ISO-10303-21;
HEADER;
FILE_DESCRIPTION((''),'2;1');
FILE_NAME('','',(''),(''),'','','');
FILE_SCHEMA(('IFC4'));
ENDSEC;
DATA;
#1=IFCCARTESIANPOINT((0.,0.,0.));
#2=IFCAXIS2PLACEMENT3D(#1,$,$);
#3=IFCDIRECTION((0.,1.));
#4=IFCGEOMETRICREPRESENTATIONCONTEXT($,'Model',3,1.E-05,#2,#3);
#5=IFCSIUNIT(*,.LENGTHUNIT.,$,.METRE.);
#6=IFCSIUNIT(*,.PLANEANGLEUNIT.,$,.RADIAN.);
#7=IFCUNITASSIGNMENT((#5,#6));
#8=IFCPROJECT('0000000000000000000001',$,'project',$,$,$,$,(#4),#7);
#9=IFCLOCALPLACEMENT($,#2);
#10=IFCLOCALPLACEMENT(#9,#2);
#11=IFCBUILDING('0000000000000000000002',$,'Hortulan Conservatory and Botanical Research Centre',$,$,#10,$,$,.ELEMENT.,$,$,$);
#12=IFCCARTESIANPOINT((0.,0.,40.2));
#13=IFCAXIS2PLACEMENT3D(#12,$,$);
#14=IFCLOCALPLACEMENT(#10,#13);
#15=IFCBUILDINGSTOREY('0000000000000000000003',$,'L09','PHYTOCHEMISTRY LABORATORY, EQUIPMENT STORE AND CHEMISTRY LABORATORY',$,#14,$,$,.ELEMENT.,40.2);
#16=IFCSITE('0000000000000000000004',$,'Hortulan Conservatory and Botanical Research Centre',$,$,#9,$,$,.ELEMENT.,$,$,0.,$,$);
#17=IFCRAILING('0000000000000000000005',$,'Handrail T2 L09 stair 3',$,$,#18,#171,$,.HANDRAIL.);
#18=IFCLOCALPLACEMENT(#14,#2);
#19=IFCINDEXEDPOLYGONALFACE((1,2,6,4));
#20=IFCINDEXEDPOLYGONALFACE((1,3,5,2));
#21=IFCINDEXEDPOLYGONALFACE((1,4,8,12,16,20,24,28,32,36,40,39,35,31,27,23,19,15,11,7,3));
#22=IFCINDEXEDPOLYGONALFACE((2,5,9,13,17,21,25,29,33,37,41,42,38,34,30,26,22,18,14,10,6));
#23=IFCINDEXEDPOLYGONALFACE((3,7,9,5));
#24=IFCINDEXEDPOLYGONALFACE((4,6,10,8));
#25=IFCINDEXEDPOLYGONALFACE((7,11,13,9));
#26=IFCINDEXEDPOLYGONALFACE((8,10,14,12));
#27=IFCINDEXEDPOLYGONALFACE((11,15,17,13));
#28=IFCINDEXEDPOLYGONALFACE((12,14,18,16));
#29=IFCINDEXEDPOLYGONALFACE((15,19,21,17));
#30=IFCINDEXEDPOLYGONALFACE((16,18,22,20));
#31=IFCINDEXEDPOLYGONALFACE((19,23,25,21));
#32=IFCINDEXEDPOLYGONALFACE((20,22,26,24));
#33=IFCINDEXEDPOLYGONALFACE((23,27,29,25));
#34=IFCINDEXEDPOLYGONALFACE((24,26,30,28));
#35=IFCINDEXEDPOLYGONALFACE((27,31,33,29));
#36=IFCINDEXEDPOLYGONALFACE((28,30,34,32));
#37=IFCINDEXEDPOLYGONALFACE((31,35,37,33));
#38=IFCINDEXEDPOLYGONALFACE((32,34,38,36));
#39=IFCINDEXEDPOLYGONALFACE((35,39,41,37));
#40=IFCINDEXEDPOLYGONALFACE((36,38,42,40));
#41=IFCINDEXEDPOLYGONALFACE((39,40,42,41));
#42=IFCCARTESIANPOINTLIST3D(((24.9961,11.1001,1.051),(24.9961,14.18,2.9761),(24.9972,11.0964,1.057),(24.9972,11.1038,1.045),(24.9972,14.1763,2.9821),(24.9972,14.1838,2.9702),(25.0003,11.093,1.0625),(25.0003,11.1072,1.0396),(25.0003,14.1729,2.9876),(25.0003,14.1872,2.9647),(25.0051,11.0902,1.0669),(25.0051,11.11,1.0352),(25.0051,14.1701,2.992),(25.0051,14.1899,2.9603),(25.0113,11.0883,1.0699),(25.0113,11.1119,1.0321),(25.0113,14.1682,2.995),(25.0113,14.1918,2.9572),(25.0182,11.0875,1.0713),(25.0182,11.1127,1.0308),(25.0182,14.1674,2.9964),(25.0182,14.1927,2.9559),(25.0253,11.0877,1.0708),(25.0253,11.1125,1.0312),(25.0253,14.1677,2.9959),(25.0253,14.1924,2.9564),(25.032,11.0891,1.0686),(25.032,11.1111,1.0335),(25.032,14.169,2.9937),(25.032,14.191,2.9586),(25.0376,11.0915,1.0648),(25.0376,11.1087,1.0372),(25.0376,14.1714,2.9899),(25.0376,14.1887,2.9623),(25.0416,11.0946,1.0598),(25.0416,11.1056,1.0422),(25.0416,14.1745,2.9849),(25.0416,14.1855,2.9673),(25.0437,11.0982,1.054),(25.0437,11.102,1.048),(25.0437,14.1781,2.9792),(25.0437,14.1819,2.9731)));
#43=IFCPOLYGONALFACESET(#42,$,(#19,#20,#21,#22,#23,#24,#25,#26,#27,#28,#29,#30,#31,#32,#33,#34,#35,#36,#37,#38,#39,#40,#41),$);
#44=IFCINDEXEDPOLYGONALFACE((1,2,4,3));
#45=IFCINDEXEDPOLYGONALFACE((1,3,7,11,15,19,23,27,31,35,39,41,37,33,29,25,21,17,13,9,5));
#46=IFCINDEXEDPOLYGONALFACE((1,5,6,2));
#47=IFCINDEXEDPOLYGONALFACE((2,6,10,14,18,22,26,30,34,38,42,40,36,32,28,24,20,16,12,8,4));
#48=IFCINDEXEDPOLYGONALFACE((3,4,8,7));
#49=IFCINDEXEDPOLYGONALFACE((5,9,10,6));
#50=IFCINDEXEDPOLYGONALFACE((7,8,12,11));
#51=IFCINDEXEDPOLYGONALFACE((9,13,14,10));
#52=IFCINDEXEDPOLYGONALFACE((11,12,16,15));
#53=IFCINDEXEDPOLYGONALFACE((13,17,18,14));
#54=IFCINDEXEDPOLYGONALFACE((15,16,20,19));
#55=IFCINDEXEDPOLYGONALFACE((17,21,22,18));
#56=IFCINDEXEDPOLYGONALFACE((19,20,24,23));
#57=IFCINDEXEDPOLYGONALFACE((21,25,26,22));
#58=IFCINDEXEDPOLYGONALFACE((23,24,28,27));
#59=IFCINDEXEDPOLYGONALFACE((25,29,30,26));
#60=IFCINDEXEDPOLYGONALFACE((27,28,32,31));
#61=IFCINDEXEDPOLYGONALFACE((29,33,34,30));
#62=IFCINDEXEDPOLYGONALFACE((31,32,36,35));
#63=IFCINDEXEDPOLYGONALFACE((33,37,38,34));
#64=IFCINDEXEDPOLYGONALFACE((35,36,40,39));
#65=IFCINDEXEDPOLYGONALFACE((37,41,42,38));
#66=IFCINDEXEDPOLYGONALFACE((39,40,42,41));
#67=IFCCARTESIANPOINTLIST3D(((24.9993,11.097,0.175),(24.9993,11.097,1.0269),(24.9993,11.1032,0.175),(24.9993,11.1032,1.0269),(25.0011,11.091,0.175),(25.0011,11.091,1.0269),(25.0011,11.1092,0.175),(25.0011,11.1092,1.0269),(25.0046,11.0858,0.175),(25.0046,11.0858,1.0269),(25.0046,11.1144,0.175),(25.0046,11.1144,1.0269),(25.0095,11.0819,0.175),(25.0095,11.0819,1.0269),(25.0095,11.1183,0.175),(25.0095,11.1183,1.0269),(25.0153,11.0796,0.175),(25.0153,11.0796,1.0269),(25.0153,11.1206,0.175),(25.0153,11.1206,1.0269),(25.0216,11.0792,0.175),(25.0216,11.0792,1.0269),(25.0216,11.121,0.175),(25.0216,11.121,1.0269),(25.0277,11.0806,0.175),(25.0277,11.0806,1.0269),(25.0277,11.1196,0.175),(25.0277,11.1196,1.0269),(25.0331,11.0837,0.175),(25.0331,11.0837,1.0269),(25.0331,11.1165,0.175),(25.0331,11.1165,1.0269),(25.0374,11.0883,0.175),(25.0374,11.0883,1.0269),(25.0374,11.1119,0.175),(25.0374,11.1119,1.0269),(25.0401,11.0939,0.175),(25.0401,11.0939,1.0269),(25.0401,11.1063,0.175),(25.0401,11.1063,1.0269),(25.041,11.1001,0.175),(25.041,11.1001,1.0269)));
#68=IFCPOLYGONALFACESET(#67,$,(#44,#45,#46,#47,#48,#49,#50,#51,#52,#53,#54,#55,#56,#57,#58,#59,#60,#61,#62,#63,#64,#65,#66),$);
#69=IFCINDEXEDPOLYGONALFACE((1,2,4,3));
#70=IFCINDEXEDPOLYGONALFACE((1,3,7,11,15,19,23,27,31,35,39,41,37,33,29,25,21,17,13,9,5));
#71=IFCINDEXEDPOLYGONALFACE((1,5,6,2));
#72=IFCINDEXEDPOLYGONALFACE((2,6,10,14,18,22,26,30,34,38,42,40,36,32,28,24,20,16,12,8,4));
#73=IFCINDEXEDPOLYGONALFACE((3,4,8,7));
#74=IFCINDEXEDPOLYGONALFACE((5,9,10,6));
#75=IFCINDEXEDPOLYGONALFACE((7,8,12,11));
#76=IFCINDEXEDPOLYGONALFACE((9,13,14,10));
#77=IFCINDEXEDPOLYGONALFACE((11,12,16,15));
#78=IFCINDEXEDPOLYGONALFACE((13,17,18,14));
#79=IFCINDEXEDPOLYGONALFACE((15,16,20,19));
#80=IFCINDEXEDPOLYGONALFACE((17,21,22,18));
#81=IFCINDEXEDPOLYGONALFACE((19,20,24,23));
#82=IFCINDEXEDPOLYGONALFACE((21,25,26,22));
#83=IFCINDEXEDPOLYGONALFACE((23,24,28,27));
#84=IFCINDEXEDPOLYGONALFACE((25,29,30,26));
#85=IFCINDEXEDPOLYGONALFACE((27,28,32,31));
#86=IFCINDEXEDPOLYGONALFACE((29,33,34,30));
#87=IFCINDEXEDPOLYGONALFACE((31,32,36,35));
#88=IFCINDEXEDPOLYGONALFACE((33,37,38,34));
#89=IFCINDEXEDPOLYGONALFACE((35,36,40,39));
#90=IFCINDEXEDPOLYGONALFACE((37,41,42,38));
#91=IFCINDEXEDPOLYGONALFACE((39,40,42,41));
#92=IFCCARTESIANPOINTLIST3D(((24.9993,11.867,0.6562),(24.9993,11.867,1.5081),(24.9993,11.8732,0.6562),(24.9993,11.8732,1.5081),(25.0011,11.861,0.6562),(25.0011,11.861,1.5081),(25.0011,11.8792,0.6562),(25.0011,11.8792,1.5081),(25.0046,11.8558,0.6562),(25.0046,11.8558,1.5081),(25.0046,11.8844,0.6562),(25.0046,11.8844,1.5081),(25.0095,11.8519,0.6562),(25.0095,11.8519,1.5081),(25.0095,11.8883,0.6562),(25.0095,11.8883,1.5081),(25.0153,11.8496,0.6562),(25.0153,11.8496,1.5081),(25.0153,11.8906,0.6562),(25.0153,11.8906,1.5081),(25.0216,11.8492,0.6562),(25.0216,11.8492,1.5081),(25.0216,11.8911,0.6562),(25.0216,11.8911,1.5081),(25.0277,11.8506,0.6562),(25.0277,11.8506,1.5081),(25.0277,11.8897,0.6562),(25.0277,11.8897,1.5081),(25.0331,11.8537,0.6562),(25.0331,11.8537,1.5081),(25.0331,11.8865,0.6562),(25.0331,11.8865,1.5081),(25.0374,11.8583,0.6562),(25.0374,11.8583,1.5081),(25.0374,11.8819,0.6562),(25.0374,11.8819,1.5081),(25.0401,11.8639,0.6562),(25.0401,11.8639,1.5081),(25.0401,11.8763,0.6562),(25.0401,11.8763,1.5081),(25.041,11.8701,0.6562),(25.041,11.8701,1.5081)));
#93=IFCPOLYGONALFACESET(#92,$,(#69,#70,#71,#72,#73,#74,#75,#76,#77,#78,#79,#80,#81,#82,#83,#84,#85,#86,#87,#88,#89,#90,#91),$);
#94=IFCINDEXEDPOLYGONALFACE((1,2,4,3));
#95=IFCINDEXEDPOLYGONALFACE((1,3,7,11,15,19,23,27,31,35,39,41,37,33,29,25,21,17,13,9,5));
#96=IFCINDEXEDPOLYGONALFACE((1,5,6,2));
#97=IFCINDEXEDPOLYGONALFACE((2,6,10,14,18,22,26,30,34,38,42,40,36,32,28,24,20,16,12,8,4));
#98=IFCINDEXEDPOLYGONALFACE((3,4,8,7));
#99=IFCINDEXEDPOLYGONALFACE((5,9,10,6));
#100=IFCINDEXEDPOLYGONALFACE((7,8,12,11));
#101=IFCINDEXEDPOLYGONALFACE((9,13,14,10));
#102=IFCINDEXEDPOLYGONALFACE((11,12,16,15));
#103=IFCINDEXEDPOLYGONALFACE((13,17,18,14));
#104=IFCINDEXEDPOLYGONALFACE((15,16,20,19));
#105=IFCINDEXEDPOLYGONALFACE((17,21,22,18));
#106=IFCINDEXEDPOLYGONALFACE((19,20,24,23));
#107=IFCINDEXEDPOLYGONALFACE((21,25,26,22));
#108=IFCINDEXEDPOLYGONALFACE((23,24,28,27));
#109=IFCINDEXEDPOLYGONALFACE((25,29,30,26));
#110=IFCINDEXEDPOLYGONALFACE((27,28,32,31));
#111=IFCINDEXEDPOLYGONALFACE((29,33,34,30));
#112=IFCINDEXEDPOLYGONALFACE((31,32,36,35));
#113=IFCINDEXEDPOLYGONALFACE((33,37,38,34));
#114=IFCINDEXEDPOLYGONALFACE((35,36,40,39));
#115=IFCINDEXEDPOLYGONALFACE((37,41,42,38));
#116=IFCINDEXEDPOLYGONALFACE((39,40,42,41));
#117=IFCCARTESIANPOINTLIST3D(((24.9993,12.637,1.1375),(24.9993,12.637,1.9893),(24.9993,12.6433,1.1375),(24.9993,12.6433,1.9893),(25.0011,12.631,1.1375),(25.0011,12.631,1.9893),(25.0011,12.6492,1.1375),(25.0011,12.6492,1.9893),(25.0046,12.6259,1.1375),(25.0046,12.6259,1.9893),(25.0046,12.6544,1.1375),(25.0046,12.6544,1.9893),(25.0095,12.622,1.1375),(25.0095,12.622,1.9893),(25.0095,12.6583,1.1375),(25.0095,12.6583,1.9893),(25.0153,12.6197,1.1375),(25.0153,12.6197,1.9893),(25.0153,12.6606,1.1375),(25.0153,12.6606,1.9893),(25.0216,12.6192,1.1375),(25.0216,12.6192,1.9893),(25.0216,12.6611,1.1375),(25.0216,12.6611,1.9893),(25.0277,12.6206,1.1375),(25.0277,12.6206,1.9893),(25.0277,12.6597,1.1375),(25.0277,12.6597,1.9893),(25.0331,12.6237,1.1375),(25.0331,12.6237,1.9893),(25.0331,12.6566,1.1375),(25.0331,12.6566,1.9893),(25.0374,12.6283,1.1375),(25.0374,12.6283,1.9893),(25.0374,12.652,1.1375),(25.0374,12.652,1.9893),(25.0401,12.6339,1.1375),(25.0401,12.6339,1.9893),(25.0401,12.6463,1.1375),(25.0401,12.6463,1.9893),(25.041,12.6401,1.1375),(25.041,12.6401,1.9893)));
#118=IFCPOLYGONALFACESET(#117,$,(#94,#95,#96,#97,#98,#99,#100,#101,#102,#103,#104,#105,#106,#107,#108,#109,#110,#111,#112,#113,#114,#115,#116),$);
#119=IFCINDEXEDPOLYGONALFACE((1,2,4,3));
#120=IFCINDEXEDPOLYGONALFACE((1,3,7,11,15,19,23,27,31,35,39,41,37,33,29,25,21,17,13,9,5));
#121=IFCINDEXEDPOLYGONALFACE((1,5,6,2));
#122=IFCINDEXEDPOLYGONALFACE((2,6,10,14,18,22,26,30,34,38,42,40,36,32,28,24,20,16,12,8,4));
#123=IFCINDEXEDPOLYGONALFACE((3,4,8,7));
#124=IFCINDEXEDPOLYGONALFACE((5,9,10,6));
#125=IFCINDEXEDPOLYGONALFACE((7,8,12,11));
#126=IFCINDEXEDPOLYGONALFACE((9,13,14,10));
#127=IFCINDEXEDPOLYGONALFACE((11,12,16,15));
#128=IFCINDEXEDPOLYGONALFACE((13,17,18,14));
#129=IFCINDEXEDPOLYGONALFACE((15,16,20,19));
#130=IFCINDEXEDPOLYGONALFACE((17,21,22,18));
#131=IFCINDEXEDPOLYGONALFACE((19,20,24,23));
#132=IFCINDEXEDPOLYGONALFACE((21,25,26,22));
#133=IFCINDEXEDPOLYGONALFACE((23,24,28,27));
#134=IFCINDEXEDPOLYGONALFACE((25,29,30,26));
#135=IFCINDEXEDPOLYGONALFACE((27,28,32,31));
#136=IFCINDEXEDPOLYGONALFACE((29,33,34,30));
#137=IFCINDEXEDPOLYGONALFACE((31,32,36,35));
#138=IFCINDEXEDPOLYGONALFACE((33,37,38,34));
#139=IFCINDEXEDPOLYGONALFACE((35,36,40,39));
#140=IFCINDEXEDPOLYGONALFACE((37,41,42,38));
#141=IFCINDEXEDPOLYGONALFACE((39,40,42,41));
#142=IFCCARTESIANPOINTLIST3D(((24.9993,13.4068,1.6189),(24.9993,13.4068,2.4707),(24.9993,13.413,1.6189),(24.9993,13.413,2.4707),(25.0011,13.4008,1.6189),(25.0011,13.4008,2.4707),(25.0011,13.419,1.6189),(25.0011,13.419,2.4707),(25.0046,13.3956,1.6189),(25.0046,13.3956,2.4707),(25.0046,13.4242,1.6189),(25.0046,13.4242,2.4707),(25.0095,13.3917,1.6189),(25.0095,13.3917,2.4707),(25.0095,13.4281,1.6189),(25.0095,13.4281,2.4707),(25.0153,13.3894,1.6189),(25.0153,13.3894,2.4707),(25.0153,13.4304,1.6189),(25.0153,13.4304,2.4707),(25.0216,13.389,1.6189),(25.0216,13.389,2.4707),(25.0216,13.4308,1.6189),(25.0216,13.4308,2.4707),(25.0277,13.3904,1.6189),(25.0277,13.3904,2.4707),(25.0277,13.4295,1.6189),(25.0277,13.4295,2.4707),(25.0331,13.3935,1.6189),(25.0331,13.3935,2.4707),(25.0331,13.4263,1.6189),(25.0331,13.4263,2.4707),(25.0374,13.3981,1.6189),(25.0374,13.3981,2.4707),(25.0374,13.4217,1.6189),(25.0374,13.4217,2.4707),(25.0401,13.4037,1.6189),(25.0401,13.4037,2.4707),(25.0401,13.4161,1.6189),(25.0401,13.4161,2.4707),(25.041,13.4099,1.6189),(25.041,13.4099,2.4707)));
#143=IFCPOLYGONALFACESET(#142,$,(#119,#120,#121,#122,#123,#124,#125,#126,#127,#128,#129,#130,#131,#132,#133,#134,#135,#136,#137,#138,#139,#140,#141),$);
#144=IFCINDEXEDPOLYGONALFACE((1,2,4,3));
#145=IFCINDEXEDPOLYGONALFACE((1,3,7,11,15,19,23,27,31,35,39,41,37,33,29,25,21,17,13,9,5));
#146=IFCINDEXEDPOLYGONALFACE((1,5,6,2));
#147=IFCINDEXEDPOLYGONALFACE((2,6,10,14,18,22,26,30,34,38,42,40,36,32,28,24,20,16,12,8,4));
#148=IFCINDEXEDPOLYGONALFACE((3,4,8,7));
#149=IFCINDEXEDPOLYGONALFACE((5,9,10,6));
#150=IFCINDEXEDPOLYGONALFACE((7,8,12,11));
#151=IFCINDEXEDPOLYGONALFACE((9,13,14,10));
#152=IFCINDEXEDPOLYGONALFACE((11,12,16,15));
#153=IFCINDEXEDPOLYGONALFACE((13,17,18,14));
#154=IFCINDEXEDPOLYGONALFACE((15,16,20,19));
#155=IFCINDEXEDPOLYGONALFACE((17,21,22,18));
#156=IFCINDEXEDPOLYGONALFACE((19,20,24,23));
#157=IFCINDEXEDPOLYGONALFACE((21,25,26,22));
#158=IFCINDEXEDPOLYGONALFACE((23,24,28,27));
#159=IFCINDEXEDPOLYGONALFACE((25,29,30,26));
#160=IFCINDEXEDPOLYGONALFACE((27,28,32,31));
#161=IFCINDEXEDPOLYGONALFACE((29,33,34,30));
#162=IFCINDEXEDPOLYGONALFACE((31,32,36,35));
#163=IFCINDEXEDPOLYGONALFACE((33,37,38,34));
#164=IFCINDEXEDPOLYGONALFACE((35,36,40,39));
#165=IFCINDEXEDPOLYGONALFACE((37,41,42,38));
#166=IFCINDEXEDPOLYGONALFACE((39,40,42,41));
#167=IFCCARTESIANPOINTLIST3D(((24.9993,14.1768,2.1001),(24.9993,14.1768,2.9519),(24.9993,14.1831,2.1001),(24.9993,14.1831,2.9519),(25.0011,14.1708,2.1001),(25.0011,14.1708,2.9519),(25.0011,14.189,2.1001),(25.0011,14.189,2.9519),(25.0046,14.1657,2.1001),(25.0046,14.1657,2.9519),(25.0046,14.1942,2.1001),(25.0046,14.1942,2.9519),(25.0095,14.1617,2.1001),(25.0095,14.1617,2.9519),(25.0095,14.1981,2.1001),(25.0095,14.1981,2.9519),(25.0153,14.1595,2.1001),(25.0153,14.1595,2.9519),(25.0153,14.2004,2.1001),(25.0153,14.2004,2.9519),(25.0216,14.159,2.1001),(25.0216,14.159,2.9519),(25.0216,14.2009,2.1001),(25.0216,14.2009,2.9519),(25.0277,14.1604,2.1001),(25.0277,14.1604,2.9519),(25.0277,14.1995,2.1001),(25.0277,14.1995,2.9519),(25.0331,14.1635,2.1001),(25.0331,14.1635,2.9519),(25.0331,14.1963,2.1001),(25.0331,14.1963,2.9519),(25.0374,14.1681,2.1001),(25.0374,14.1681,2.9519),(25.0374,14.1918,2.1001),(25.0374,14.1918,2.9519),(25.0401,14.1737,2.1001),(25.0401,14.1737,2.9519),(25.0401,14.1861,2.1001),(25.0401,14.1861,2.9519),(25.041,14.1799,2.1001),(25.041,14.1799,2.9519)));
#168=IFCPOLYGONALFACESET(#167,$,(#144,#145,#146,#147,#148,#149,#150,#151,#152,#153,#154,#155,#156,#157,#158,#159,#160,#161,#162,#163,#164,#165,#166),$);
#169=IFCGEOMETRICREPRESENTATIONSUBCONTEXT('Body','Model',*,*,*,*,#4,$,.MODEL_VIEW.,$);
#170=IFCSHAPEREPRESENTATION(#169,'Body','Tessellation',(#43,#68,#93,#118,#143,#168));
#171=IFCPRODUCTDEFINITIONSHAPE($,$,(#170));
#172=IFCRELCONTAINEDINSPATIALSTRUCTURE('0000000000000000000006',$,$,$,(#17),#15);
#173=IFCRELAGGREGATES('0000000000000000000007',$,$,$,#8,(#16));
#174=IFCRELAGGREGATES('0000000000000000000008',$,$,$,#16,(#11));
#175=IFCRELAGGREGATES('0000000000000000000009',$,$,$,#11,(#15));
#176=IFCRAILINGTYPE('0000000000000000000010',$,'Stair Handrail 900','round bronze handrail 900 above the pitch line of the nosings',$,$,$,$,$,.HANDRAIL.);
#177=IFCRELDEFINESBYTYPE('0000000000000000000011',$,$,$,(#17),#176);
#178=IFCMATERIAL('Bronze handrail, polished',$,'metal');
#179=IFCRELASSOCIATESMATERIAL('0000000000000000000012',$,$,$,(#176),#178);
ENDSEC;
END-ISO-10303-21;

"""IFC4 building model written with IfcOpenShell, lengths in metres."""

from ifc_helpers import new_model, si_unit, direction, frame, origin, origin_2d, place, context, subcontext, project, spatial, circle, extrude, material, type_object, element, save


model = new_model("IFC4")

# Units and contexts
model_context = context("Model", 3, precision=1e-05, world=origin(), true_north=direction((0.0, 1.0)))
body_context = subcontext(model_context, "Body", "Model", "MODEL_VIEW")
ifc_project = project(units=[si_unit("LENGTHUNIT", "METRE"), si_unit("PLANEANGLEUNIT", "RADIAN")], contexts=[model_context])

# Site, building, storey
site_placement = place(None, origin())
site = spatial("IfcSite", under=ifc_project, at=site_placement, Name="Hortulan Conservatory and Botanical Research Centre", CompositionType="ELEMENT", RefElevation=0.0)
building_placement = place(site_placement, origin())
building = spatial("IfcBuilding", under=site, at=building_placement, Name="Hortulan Conservatory and Botanical Research Centre", CompositionType="ELEMENT")
storey_placement = place(building_placement, frame((0.0, 0.0, 40.2)))
storey = spatial("IfcBuildingStorey", under=building, at=storey_placement, Name="L09", Description="PHYTOCHEMISTRY LABORATORY, EQUIPMENT STORE AND CHEMISTRY LABORATORY", CompositionType="ELEMENT", Elevation=40.2)

# Railing
ifc_material_1 = material(Name="Bronze handrail, polished", Category="metal")
railing_type_1 = type_object("IfcRailingType", Name="Stair Handrail 900", Description="round bronze handrail 900 above the pitch line of the nosings", PredefinedType="HANDRAIL", material=ifc_material_1)
railing_1_placement = place(storey_placement, frame((25.02, 11.1001, 0.175)))
element("IfcRailing", 1, at=railing_1_placement, inside=storey, type_object=railing_type_1, Name="Handrail T2 L09 stair 3", PredefinedType="HANDRAIL", context=body_context, shape_type="SweptSolid", body=[
    extrude(circle(Radius=0.0239, at=origin_2d()), frame((0.0, 0.0, 0.876), z_axis=(0.0, 0.847979, 0.530029), x_axis=(-1.0, 0.0, 0.0)), (0.0, 0.0, 1.0), 3.6321),
    extrude(circle(Radius=0.021, at=origin_2d()), origin(), (0.0, 0.0, 1.0), 0.8518),
    extrude(circle(Radius=0.021, at=origin_2d()), frame((0.0, 0.77, 0.4812)), (0.0, 0.0, 1.0), 0.8518),
    extrude(circle(Radius=0.021, at=origin_2d()), frame((0.0, 1.54, 0.9624)), (0.0, 0.0, 1.0), 0.8518),
    extrude(circle(Radius=0.021, at=origin_2d()), frame((0.0, 2.3098, 1.4438)), (0.0, 0.0, 1.0), 0.8518),
    extrude(circle(Radius=0.021, at=origin_2d()), frame((0.0, 3.0798, 1.925)), (0.0, 0.0, 1.0), 0.8518),
])

save(model, "model.ifc")
